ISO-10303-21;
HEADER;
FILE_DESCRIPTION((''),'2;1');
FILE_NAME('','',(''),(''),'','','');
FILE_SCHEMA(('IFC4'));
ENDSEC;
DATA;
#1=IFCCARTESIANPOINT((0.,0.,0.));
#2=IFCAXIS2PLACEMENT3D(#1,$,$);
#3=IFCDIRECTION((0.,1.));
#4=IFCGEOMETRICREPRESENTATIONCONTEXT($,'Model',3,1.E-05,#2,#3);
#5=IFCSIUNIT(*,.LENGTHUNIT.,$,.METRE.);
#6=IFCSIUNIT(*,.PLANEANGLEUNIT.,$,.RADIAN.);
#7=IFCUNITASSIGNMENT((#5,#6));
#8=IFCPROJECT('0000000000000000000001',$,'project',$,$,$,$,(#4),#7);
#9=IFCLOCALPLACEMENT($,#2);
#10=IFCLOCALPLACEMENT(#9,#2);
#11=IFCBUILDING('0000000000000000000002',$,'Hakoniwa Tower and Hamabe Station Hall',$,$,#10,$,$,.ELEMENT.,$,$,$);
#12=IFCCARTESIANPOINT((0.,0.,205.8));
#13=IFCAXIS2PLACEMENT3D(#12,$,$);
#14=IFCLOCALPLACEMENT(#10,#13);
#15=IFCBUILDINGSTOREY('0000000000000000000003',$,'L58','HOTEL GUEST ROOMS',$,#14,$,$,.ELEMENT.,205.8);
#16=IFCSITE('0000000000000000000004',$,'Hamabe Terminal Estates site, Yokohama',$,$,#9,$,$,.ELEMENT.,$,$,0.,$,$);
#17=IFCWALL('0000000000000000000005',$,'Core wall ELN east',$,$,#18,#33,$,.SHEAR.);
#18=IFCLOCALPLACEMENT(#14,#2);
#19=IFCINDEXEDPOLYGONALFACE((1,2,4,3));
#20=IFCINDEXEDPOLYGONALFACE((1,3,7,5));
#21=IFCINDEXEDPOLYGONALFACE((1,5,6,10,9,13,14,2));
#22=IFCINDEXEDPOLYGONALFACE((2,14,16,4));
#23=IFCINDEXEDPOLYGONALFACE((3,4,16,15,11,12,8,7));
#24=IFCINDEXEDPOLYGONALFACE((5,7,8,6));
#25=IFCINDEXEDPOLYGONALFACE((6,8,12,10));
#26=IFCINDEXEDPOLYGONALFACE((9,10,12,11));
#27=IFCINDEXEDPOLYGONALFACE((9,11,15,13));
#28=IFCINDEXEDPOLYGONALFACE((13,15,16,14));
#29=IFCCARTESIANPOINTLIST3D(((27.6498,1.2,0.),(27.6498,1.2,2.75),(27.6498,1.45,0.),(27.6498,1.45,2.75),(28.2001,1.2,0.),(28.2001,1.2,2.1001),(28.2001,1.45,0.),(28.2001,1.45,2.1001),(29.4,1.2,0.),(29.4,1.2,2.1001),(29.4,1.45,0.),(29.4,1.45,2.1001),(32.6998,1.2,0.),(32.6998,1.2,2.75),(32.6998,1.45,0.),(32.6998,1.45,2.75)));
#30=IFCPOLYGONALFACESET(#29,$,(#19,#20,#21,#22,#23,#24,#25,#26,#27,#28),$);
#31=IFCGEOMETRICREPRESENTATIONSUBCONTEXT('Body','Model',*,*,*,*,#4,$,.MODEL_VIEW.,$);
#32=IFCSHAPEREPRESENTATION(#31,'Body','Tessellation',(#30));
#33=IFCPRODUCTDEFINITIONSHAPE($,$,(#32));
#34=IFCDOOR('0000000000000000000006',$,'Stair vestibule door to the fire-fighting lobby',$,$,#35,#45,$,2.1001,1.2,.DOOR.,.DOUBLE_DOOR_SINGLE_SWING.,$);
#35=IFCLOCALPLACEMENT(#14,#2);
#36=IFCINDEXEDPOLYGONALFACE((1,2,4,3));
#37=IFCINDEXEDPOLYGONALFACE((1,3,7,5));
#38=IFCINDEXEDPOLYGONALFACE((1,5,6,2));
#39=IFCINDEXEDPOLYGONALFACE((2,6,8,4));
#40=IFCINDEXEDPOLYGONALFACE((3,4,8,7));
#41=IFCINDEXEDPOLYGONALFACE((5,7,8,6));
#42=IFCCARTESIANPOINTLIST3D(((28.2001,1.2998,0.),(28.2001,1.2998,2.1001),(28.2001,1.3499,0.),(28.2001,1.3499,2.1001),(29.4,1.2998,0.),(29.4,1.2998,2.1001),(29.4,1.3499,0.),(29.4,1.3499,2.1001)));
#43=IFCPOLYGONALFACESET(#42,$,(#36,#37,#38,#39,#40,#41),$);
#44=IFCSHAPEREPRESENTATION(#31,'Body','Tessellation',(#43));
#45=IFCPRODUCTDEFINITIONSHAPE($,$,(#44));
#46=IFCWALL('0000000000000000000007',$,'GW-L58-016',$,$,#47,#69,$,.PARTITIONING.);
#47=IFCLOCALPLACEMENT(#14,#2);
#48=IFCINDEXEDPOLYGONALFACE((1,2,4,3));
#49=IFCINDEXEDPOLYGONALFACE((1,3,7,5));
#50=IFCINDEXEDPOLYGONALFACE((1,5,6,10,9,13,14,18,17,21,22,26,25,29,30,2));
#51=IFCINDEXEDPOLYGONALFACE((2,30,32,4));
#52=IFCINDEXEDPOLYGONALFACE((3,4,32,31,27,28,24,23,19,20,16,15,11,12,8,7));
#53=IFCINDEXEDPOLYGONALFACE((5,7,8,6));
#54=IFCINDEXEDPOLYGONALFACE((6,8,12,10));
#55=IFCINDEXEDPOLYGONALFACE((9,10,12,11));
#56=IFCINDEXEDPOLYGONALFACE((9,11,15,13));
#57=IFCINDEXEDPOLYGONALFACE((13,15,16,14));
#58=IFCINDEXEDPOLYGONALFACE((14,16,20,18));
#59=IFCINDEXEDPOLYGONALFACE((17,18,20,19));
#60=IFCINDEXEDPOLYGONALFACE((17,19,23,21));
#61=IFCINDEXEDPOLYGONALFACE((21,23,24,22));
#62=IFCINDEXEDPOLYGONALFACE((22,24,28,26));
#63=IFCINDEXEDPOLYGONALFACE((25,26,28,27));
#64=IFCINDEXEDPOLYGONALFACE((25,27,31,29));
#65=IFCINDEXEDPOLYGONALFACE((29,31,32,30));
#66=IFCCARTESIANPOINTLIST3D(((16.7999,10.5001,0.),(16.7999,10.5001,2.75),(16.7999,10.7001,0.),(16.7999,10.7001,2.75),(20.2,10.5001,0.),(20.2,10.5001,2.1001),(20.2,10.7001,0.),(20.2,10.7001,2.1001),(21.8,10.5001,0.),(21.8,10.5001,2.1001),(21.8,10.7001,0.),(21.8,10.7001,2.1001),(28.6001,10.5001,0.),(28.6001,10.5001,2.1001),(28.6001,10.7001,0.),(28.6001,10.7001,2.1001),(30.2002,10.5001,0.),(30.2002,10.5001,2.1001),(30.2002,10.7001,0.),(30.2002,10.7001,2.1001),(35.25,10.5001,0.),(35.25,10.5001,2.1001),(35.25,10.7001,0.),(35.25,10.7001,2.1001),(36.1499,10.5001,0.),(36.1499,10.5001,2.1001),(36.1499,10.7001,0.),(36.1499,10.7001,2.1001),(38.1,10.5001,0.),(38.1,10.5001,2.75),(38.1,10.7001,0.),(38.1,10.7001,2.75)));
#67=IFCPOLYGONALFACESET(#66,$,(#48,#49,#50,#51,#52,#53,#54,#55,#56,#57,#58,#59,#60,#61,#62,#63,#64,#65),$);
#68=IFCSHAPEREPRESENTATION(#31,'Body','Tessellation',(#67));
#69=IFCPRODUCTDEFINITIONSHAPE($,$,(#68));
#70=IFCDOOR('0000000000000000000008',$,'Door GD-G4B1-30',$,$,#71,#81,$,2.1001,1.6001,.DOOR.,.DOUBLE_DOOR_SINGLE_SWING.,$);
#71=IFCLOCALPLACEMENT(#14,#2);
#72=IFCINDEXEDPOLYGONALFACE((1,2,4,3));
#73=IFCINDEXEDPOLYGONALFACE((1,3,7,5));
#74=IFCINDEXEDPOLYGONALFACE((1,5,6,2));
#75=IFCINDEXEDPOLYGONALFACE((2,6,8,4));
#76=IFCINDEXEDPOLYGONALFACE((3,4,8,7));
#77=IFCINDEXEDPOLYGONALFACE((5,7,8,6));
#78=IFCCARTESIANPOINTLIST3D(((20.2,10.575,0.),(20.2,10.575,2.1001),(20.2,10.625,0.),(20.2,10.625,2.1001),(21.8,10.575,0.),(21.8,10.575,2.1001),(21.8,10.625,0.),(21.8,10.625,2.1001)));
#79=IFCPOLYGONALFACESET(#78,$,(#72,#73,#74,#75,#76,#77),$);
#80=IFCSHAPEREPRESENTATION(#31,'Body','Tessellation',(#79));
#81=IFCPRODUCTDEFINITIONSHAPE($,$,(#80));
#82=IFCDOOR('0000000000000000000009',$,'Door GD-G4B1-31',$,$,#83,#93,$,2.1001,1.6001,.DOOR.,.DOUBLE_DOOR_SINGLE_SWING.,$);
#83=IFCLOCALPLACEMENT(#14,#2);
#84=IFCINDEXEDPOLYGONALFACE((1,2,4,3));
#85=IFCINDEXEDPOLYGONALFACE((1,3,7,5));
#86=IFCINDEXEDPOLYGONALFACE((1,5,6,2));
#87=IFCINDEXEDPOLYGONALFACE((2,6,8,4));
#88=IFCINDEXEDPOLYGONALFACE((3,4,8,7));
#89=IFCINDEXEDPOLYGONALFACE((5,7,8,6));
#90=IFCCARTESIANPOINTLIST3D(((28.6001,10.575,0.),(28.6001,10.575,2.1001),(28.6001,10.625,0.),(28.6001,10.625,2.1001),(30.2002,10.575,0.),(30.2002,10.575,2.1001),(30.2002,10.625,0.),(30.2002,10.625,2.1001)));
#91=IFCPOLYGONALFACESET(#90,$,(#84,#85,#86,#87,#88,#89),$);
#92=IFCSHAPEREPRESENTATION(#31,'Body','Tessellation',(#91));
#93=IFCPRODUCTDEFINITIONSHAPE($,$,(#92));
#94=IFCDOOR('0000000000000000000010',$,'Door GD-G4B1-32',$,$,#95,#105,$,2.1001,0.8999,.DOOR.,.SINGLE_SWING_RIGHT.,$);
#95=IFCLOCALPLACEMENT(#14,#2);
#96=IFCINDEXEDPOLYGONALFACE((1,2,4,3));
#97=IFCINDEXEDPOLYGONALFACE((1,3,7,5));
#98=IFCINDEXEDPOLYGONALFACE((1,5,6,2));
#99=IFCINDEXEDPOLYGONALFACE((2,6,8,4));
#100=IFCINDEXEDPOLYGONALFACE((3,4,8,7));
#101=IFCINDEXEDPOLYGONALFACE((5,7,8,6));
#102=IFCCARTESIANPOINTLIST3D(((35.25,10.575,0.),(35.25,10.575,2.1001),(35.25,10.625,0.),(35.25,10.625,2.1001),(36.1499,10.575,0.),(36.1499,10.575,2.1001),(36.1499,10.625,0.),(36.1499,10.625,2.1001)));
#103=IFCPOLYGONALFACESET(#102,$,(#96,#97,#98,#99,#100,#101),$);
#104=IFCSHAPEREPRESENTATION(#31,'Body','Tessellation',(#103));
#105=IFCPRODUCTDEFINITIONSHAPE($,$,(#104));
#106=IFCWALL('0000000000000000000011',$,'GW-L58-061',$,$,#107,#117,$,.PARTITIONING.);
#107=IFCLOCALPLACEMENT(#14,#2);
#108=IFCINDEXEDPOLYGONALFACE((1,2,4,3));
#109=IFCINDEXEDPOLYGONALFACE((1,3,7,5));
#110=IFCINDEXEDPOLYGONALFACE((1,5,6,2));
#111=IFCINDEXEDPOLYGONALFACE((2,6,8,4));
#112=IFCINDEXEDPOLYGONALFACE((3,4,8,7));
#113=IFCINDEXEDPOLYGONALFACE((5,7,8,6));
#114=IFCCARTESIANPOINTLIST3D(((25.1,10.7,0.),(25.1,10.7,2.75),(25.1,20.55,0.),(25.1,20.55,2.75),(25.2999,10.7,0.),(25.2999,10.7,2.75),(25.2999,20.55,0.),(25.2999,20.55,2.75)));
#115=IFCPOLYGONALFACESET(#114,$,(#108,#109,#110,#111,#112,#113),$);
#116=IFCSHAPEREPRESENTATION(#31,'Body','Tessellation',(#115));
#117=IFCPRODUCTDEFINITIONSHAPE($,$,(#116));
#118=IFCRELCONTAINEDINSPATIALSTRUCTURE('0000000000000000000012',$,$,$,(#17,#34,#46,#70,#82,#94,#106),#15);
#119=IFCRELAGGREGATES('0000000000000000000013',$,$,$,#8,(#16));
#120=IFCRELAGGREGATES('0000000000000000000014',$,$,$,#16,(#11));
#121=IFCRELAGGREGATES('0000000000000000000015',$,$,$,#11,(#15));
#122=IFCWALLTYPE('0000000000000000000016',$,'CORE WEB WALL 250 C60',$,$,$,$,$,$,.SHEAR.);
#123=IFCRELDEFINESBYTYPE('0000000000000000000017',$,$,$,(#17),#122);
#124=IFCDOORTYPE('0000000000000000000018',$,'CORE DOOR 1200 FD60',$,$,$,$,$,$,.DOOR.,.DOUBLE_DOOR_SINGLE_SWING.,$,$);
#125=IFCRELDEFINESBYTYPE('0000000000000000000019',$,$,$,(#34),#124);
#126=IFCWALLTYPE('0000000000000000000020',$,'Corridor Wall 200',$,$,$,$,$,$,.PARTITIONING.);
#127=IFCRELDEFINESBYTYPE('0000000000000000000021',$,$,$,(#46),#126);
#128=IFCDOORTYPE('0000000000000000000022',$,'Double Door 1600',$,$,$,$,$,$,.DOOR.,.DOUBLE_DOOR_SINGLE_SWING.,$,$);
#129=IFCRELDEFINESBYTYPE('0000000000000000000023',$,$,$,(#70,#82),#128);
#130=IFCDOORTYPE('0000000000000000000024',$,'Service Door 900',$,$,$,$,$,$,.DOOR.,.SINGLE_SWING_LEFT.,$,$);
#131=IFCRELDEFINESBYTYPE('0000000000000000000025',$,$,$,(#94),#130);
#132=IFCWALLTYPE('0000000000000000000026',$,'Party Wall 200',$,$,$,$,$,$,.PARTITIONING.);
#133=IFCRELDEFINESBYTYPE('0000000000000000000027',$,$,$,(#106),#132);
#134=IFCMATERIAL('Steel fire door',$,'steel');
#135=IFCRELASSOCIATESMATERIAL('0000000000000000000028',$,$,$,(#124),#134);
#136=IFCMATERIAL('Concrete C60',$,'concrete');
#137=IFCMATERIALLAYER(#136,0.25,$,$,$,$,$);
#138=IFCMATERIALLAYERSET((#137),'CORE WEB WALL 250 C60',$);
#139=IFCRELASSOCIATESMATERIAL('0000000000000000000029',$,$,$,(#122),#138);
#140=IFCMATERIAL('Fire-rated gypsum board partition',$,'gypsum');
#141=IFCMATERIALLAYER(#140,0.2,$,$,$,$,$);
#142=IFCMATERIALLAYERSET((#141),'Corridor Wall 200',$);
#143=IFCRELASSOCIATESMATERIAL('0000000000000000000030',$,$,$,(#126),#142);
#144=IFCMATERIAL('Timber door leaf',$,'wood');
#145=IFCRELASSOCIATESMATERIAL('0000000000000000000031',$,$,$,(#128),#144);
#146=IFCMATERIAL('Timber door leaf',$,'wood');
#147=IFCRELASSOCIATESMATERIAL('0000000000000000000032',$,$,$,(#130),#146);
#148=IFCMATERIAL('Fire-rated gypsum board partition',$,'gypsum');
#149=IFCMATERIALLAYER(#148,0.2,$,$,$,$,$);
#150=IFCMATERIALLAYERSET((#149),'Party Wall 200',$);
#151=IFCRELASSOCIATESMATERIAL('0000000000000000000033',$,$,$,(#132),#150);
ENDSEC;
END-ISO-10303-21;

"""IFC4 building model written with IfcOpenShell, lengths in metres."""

from ifc_helpers import new_model, si_unit, direction, frame, frame_2d, origin, place, context, subcontext, project, spatial, rectangle, extrude, material, layer, layer_set, type_object, element, fill, save


model = new_model("IFC4")

# Units and contexts
model_context = context("Model", 3, precision=1e-05, world=origin(), true_north=direction((0.0, 1.0)))
body_context = subcontext(model_context, "Body", "Model", "MODEL_VIEW")
ifc_project = project(units=[si_unit("LENGTHUNIT", "METRE"), si_unit("PLANEANGLEUNIT", "RADIAN")], contexts=[model_context])

# Site, building, storey
site_placement = place(None, origin())
site = spatial("IfcSite", under=ifc_project, at=site_placement, Name="Hamabe Terminal Estates site, Yokohama", CompositionType="ELEMENT", RefElevation=0.0)
building_placement = place(site_placement, origin())
building = spatial("IfcBuilding", under=site, at=building_placement, Name="Hakoniwa Tower and Hamabe Station Hall", CompositionType="ELEMENT")
storey_placement = place(building_placement, frame((0.0, 0.0, 205.8)))
storey = spatial("IfcBuildingStorey", under=building, at=storey_placement, Name="L58", Description="HOTEL GUEST ROOMS", CompositionType="ELEMENT", Elevation=205.8)

# Shared definitions
ifc_material_1 = material(Name="Steel fire door", Category="steel")
door_type_1 = type_object("IfcDoorType", Name="CORE DOOR 1200 FD60", OperationType="DOUBLE_DOOR_SINGLE_SWING", PredefinedType="DOOR", material=ifc_material_1)

# Shared definitions
ifc_material_2 = material(Name="Concrete C60", Category="concrete")
ifc_layer_1 = layer(ifc_material_2, 0.25)
ifc_layer_set_1 = layer_set([ifc_layer_1], Name="CORE WEB WALL 250 C60")
wall_type_1 = type_object("IfcWallType", Name="CORE WEB WALL 250 C60", PredefinedType="SHEAR", material=ifc_layer_set_1)

# Wall, opening, door
wall_1_placement = place(storey_placement, frame((27.6499, 1.325, 0.0), z_axis=(0.0, 0.0, 1.0), x_axis=(1.0, 0.0, 0.0)))
wall_1 = element("IfcWall", 1, at=wall_1_placement, inside=storey, type_object=wall_type_1, Name="Core wall ELN east", PredefinedType="SHEAR", context=body_context, shape_type="SweptSolid", body=[
    extrude(rectangle(XDim=5.05, YDim=0.25, at=frame_2d((2.5249, 0.0))), origin(), (0.0, 0.0, 1.0), 2.75),
])
opening_1_placement = place(wall_1_placement, frame((0.55, 0.0, 0.0)))
opening_1 = element("IfcOpeningElement", 2, at=opening_1_placement, cuts=wall_1, PredefinedType="OPENING", context=body_context, shape_type="SweptSolid", body=[
    extrude(rectangle(XDim=1.2, YDim=2.1001, at=frame_2d((0.6001, 1.05))), frame((0.0, 0.135, 0.0), z_axis=(0.0, -1.0, 0.0), x_axis=(1.0, 0.0, 0.0)), (0.0, 0.0, 1.0), 0.27),
])
door_1_placement = place(opening_1_placement, origin())
door_1 = element("IfcDoor", 3, at=door_1_placement, inside=storey, type_object=door_type_1, Name="Stair vestibule door to the fire-fighting lobby", OperationType="DOUBLE_DOOR_SINGLE_SWING", OverallHeight=2.1001, OverallWidth=1.2, PredefinedType="DOOR", context=body_context, shape_type="SweptSolid", body=[
    extrude(rectangle(XDim=1.2, YDim=2.1001, at=frame_2d((0.6001, 1.05))), frame((0.0, 0.0249, 0.0), z_axis=(0.0, -1.0, 0.0), x_axis=(1.0, 0.0, 0.0)), (0.0, 0.0, 1.0), 0.05),
])
fill(opening_1, door_1)

# Wall, openings, doors
ifc_material_3 = material(Name="Fire-rated gypsum board partition", Category="gypsum")
ifc_layer_2 = layer(ifc_material_3, 0.2)
ifc_layer_set_2 = layer_set([ifc_layer_2], Name="Corridor Wall 200")
wall_type_2 = type_object("IfcWallType", Name="Corridor Wall 200", PredefinedType="PARTITIONING", material=ifc_layer_set_2)
wall_2_placement = place(storey_placement, frame((16.8, 10.6001, 0.0), z_axis=(0.0, 0.0, 1.0), x_axis=(1.0, 0.0, 0.0)))
wall_2 = element("IfcWall", 4, at=wall_2_placement, inside=storey, type_object=wall_type_2, Name="GW-L58-016", PredefinedType="PARTITIONING", context=body_context, shape_type="SweptSolid", body=[
    extrude(rectangle(XDim=21.3, YDim=0.2, at=frame_2d((10.6499, 0.0))), origin(), (0.0, 0.0, 1.0), 2.75),
])
opening_2_placement = place(wall_2_placement, frame((3.3999, 0.0, 0.0)))
opening_2 = element("IfcOpeningElement", 5, at=opening_2_placement, cuts=wall_2, PredefinedType="OPENING", context=body_context, shape_type="SweptSolid", body=[
    extrude(rectangle(XDim=1.6001, YDim=2.1001, at=frame_2d((0.8, 1.05))), frame((0.0, 0.1099, 0.0), z_axis=(0.0, -1.0, 0.0), x_axis=(1.0, 0.0, 0.0)), (0.0, 0.0, 1.0), 0.22),
])
opening_3_placement = place(wall_2_placement, frame((11.8, 0.0, 0.0)))
opening_3 = element("IfcOpeningElement", 6, at=opening_3_placement, cuts=wall_2, PredefinedType="OPENING", context=body_context, shape_type="SweptSolid", body=[
    extrude(rectangle(XDim=1.6001, YDim=2.1001, at=frame_2d((0.8, 1.05))), frame((0.0, 0.1099, 0.0), z_axis=(0.0, -1.0, 0.0), x_axis=(1.0, 0.0, 0.0)), (0.0, 0.0, 1.0), 0.22),
])
opening_4_placement = place(wall_2_placement, frame((18.45, 0.0, 0.0)))
opening_4 = element("IfcOpeningElement", 7, at=opening_4_placement, cuts=wall_2, PredefinedType="OPENING", context=body_context, shape_type="SweptSolid", body=[
    extrude(rectangle(XDim=0.8999, YDim=2.1001, at=frame_2d((0.45, 1.05))), frame((0.0, 0.1099, 0.0), z_axis=(0.0, -1.0, 0.0), x_axis=(1.0, 0.0, 0.0)), (0.0, 0.0, 1.0), 0.22),
])
ifc_material_4 = material(Name="Timber door leaf", Category="wood")
door_type_2 = type_object("IfcDoorType", Name="Double Door 1600", OperationType="DOUBLE_DOOR_SINGLE_SWING", PredefinedType="DOOR", material=ifc_material_4)
door_2_placement = place(opening_2_placement, origin())
door_2 = element("IfcDoor", 8, at=door_2_placement, inside=storey, type_object=door_type_2, Name="Door GD-G4B1-30", OperationType="DOUBLE_DOOR_SINGLE_SWING", OverallHeight=2.1001, OverallWidth=1.6001, PredefinedType="DOOR", context=body_context, shape_type="SweptSolid", body=[
    extrude(rectangle(XDim=1.6001, YDim=2.1001, at=frame_2d((0.8, 1.05))), frame((0.0, 0.0249, 0.0), z_axis=(0.0, -1.0, 0.0), x_axis=(1.0, 0.0, 0.0)), (0.0, 0.0, 1.0), 0.05),
])
fill(opening_2, door_2)
door_3_placement = place(opening_3_placement, origin())
door_3 = element("IfcDoor", 9, at=door_3_placement, inside=storey, type_object=door_type_2, Name="Door GD-G4B1-31", OperationType="DOUBLE_DOOR_SINGLE_SWING", OverallHeight=2.1001, OverallWidth=1.6001, PredefinedType="DOOR", context=body_context, shape_type="SweptSolid", body=[
    extrude(rectangle(XDim=1.6001, YDim=2.1001, at=frame_2d((0.8, 1.05))), frame((0.0, 0.0249, 0.0), z_axis=(0.0, -1.0, 0.0), x_axis=(1.0, 0.0, 0.0)), (0.0, 0.0, 1.0), 0.05),
])
fill(opening_3, door_3)
ifc_material_5 = material(Name="Timber door leaf", Category="wood")
door_type_3 = type_object("IfcDoorType", Name="Service Door 900", OperationType="SINGLE_SWING_LEFT", PredefinedType="DOOR", material=ifc_material_5)
door_4_placement = place(opening_4_placement, origin())
door_4 = element("IfcDoor", 10, at=door_4_placement, inside=storey, type_object=door_type_3, Name="Door GD-G4B1-32", OperationType="SINGLE_SWING_RIGHT", OverallHeight=2.1001, OverallWidth=0.8999, PredefinedType="DOOR", context=body_context, shape_type="SweptSolid", body=[
    extrude(rectangle(XDim=0.8999, YDim=2.1001, at=frame_2d((0.45, 1.05))), frame((0.0, 0.0249, 0.0), z_axis=(0.0, -1.0, 0.0), x_axis=(1.0, 0.0, 0.0)), (0.0, 0.0, 1.0), 0.05),
])
fill(opening_4, door_4)

# Wall
ifc_material_6 = material(Name="Fire-rated gypsum board partition", Category="gypsum")
ifc_layer_3 = layer(ifc_material_6, 0.2)
ifc_layer_set_3 = layer_set([ifc_layer_3], Name="Party Wall 200")
wall_type_3 = type_object("IfcWallType", Name="Party Wall 200", PredefinedType="PARTITIONING", material=ifc_layer_set_3)
wall_3_placement = place(storey_placement, frame((25.2, 10.7, 0.0), z_axis=(0.0, 0.0, 1.0), x_axis=(0.0, 1.0, 0.0)))
element("IfcWall", 11, at=wall_3_placement, inside=storey, type_object=wall_type_3, Name="GW-L58-061", PredefinedType="PARTITIONING", context=body_context, shape_type="SweptSolid", body=[
    extrude(rectangle(XDim=9.8501, YDim=0.2, at=frame_2d((4.925, 0.0))), origin(), (0.0, 0.0, 1.0), 2.75),
])

save(model, "model.ifc")
